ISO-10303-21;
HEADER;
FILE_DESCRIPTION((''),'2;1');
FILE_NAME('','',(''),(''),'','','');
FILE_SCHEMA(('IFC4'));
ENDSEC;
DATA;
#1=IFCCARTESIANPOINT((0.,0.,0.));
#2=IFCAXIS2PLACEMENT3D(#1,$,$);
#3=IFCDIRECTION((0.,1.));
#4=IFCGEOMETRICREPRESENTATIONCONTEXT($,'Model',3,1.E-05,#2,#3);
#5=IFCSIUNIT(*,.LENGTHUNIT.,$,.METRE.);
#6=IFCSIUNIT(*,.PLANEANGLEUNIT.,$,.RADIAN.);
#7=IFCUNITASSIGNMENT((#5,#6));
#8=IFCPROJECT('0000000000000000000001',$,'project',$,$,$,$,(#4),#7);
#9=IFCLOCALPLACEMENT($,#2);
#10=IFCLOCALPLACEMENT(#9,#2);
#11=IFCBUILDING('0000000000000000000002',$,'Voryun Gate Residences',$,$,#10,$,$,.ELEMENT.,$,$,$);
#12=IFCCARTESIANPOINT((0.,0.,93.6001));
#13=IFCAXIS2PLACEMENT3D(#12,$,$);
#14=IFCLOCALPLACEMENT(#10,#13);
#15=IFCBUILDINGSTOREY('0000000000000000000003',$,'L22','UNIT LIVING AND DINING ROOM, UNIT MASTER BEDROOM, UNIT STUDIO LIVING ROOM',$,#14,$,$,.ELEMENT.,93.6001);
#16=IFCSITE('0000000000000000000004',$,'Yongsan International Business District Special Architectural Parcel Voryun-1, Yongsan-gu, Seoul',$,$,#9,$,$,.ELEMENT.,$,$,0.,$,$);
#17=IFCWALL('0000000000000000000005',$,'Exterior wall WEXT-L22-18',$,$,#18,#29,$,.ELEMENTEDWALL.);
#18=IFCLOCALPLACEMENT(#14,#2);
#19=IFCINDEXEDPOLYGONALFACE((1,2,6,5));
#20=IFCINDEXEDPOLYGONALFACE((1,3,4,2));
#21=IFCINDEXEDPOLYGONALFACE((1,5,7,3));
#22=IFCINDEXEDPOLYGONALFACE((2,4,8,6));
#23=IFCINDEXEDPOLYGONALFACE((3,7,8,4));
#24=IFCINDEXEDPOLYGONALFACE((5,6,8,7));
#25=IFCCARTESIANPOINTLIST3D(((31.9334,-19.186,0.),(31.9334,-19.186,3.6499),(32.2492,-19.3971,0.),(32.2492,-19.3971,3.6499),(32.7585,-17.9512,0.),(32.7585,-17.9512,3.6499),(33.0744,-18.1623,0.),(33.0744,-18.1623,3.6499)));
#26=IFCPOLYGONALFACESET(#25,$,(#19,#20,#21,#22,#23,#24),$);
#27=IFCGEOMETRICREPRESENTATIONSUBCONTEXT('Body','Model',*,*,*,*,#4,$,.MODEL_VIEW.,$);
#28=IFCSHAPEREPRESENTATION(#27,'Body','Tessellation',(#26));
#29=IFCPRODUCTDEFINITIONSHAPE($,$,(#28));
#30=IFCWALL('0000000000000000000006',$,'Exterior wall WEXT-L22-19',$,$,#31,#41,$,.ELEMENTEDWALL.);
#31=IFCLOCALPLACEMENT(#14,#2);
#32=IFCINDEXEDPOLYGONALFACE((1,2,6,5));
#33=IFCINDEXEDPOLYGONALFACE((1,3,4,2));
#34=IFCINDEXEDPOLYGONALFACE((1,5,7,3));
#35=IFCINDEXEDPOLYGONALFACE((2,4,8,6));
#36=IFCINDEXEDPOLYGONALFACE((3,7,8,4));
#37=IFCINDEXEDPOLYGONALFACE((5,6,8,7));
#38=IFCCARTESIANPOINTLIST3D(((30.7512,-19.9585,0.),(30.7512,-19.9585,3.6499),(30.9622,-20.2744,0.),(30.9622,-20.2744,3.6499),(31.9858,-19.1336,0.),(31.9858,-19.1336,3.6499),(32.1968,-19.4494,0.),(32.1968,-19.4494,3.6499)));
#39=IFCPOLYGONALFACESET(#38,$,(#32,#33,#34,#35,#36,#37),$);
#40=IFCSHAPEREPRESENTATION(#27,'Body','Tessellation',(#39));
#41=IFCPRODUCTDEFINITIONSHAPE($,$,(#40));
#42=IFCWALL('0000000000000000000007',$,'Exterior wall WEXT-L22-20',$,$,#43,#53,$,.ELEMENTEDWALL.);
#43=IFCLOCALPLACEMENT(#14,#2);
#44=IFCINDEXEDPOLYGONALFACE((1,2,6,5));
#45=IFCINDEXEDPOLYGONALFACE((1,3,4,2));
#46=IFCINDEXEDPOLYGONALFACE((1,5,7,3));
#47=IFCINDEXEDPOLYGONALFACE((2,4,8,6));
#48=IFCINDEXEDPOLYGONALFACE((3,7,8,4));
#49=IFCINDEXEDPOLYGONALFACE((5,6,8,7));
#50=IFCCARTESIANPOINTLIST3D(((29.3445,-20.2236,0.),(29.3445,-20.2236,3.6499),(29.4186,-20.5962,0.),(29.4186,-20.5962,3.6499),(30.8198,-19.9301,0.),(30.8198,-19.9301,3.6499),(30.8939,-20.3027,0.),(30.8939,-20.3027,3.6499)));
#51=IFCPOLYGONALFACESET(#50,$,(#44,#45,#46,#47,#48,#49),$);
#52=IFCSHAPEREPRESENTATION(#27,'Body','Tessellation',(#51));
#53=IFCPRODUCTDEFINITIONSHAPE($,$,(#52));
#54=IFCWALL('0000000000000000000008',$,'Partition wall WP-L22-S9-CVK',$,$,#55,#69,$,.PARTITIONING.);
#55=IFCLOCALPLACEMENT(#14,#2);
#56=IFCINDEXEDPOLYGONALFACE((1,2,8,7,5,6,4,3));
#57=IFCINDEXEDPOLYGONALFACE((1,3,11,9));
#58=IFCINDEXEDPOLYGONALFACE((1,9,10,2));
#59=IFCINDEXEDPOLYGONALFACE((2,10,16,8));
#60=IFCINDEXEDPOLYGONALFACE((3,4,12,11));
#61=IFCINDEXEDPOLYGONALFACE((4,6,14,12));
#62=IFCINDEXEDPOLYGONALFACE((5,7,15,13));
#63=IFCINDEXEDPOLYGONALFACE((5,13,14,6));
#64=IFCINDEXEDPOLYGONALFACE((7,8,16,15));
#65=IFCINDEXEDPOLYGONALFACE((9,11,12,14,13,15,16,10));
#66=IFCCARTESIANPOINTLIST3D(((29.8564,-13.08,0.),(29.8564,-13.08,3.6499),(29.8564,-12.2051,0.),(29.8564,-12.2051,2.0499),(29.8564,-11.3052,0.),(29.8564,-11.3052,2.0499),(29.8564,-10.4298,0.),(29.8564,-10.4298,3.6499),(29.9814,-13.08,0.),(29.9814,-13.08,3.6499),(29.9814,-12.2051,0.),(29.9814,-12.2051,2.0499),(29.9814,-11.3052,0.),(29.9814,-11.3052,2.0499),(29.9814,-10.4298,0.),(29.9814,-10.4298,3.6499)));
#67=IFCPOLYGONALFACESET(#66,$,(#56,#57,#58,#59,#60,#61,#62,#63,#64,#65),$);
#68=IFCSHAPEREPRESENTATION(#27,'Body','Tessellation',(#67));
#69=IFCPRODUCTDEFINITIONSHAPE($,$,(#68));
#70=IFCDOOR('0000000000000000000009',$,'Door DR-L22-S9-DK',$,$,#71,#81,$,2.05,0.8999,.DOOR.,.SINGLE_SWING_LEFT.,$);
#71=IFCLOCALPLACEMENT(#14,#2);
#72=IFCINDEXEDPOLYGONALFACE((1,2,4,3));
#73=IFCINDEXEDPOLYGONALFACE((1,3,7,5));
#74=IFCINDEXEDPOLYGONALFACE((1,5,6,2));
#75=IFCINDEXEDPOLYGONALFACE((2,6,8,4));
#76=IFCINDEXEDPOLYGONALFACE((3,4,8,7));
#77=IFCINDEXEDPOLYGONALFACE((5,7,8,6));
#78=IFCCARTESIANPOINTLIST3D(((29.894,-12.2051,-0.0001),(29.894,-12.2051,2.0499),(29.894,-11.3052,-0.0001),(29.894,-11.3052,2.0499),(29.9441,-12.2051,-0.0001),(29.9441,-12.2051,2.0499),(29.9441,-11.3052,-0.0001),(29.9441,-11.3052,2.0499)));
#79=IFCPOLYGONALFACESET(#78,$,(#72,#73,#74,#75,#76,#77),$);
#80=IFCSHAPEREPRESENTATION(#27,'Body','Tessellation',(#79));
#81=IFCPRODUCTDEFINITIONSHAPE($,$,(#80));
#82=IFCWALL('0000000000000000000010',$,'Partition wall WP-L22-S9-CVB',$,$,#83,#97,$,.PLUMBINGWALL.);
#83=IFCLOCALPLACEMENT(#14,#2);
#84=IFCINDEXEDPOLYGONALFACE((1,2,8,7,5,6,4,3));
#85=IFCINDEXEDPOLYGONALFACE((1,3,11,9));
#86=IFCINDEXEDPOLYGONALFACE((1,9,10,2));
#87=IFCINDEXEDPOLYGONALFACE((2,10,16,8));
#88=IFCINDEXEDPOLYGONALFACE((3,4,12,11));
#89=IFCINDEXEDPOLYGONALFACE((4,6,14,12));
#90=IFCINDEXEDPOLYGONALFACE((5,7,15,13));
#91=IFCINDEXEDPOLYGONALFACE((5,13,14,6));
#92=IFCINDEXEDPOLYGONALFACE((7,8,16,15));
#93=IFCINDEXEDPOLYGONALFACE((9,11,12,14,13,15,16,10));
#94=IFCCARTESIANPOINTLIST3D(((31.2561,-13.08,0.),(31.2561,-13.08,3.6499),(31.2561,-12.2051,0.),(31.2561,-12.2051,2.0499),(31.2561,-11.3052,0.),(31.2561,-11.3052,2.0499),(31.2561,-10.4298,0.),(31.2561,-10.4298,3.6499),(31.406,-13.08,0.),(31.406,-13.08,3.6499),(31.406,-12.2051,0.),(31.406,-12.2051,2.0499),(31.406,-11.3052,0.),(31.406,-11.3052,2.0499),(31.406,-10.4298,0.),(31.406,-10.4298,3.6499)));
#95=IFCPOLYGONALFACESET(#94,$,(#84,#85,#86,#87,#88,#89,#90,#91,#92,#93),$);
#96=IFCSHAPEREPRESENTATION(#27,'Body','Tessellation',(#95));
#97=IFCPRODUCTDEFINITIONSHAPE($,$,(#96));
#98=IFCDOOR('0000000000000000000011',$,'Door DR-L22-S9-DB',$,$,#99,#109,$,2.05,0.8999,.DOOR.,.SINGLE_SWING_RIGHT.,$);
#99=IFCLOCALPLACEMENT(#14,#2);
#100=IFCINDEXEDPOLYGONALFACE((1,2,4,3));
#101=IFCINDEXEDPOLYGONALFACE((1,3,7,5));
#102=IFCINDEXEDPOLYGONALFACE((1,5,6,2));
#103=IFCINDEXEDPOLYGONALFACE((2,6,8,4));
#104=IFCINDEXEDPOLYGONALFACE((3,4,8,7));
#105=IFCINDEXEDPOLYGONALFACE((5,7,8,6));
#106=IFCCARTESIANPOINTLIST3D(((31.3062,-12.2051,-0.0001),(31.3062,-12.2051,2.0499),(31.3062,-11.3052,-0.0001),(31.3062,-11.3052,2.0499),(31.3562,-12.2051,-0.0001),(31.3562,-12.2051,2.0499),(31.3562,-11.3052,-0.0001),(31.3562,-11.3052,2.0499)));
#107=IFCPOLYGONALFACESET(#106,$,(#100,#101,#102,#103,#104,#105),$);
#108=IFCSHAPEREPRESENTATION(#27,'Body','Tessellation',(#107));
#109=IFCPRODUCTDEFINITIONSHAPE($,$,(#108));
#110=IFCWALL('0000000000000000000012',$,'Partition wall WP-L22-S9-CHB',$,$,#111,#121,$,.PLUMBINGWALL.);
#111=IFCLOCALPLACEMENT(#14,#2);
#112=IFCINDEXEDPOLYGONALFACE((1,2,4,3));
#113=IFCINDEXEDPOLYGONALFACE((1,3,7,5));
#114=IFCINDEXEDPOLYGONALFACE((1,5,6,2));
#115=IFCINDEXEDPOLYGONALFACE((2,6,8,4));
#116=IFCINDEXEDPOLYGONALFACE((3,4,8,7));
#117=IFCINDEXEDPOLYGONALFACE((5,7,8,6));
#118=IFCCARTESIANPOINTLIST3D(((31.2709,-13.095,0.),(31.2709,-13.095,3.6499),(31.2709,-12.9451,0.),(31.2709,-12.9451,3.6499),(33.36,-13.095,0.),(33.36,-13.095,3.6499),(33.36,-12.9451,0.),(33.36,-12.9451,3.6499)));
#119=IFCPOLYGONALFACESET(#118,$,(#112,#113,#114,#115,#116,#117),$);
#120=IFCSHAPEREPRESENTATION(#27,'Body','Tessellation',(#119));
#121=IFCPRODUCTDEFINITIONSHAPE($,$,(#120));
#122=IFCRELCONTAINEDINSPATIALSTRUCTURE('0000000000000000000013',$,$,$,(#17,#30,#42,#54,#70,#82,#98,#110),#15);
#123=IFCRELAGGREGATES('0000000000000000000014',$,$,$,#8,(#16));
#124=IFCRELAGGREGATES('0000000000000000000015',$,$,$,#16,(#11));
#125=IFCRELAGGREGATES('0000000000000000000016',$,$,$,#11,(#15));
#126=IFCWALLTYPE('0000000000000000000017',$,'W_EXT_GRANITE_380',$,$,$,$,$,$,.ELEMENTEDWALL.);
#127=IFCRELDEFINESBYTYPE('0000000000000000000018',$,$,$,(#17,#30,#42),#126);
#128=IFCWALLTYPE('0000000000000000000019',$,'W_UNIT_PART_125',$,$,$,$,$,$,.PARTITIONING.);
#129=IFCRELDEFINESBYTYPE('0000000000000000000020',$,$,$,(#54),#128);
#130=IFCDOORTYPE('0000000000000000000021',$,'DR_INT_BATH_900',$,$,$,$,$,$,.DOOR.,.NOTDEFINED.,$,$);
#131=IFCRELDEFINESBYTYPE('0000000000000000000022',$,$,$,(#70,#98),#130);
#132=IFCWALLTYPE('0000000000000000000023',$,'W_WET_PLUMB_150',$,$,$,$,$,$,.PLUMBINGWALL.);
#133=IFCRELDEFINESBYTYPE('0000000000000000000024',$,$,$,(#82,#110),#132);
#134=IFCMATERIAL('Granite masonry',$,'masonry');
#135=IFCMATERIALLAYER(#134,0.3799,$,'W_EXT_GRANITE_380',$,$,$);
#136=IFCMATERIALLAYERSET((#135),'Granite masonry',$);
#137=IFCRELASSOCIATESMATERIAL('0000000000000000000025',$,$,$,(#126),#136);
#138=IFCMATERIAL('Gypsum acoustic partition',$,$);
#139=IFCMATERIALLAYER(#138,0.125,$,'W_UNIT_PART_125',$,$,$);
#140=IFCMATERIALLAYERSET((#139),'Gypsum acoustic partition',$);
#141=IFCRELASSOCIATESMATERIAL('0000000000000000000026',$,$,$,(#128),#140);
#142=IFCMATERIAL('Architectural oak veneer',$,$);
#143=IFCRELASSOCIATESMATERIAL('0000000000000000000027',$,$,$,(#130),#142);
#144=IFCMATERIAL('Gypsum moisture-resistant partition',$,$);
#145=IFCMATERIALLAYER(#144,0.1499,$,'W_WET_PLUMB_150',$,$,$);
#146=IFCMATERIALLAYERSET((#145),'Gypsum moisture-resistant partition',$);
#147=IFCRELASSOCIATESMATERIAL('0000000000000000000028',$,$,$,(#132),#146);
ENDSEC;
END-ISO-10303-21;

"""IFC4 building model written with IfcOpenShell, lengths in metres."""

from ifc_helpers import new_model, si_unit, direction, frame, frame_2d, origin, place, context, subcontext, project, spatial, rectangle, extrude, material, layer, layer_set, type_object, element, fill, save


model = new_model("IFC4")

# Units and contexts
model_context = context("Model", 3, precision=1e-05, world=origin(), true_north=direction((0.0, 1.0)))
body_context = subcontext(model_context, "Body", "Model", "MODEL_VIEW")
ifc_project = project(units=[si_unit("LENGTHUNIT", "METRE"), si_unit("PLANEANGLEUNIT", "RADIAN")], contexts=[model_context])

# Site, building, storey
site_placement = place(None, origin())
site = spatial("IfcSite", under=ifc_project, at=site_placement, Name="Yongsan International Business District Special Architectural Parcel Voryun-1, Yongsan-gu, Seoul", CompositionType="ELEMENT", RefElevation=0.0)
building_placement = place(site_placement, origin())
building = spatial("IfcBuilding", under=site, at=building_placement, Name="Voryun Gate Residences", CompositionType="ELEMENT")
storey_placement = place(building_placement, frame((0.0, 0.0, 93.6001)))
storey = spatial("IfcBuildingStorey", under=building, at=storey_placement, Name="L22", Description="UNIT LIVING AND DINING ROOM, UNIT MASTER BEDROOM, UNIT STUDIO LIVING ROOM", CompositionType="ELEMENT", Elevation=93.6001)

# Walls
ifc_material_1 = material(Name="Granite masonry", Category="masonry")
ifc_layer_1 = layer(ifc_material_1, 0.3799, Name="W_EXT_GRANITE_380")
ifc_layer_set_1 = layer_set([ifc_layer_1], Name="Granite masonry")
wall_type_1 = type_object("IfcWallType", Name="W_EXT_GRANITE_380", PredefinedType="ELEMENTEDWALL", material=ifc_layer_set_1)
wall_1_placement = place(storey_placement, frame((32.9165, -18.0566, 0.0), z_axis=(0.0, 0.0, 1.0), x_axis=(-0.55561, -0.831443, 0.0)))
element("IfcWall", 1, at=wall_1_placement, inside=storey, type_object=wall_type_1, Name="Exterior wall WEXT-L22-18", PredefinedType="ELEMENTEDWALL", context=body_context, shape_type="SweptSolid", body=[
    extrude(rectangle(XDim=1.4851, YDim=0.3799, at=frame_2d((0.7427, 0.0))), origin(), (0.0, 0.0, 1.0), 3.6499),
])
wall_2_placement = place(storey_placement, frame((32.0913, -19.2915, 0.0), z_axis=(0.0, 0.0, 1.0), x_axis=(-0.831468, -0.555573, 0.0)))
element("IfcWall", 2, at=wall_2_placement, inside=storey, type_object=wall_type_1, Name="Exterior wall WEXT-L22-19", PredefinedType="ELEMENTEDWALL", context=body_context, shape_type="SweptSolid", body=[
    extrude(rectangle(XDim=1.4849, YDim=0.3799, at=frame_2d((0.7424, 0.0))), origin(), (0.0, 0.0, 1.0), 3.6499),
])
wall_3_placement = place(storey_placement, frame((30.8567, -20.1165, 0.0), z_axis=(0.0, 0.0, 1.0), x_axis=(-0.980786, -0.195086, 0.0)))
element("IfcWall", 3, at=wall_3_placement, inside=storey, type_object=wall_type_1, Name="Exterior wall WEXT-L22-20", PredefinedType="ELEMENTEDWALL", context=body_context, shape_type="SweptSolid", body=[
    extrude(rectangle(XDim=1.5042, YDim=0.3799, at=frame_2d((0.752, 0.0))), origin(), (0.0, 0.0, 1.0), 3.6499),
])

# Walls, openings, doors
ifc_material_2 = material(Name="Gypsum acoustic partition")
ifc_layer_2 = layer(ifc_material_2, 0.125, Name="W_UNIT_PART_125")
ifc_layer_set_2 = layer_set([ifc_layer_2], Name="Gypsum acoustic partition")
wall_type_2 = type_object("IfcWallType", Name="W_UNIT_PART_125", PredefinedType="PARTITIONING", material=ifc_layer_set_2)
wall_4_placement = place(storey_placement, frame((29.9189, -13.0801, 0.0), z_axis=(0.0, 0.0, 1.0), x_axis=(0.0, 1.0, 0.0)))
wall_4 = element("IfcWall", 4, at=wall_4_placement, inside=storey, type_object=wall_type_2, Name="Partition wall WP-L22-S9-CVK", PredefinedType="PARTITIONING", context=body_context, shape_type="SweptSolid", body=[
    extrude(rectangle(XDim=2.6501, YDim=0.125, at=frame_2d((1.3252, 0.0))), origin(), (0.0, 0.0, 1.0), 3.6499),
])
opening_1_placement = place(wall_4_placement, frame((0.875, 0.0, 0.0)))
opening_1 = element("IfcOpeningElement", 5, at=opening_1_placement, cuts=wall_4, PredefinedType="OPENING", context=body_context, shape_type="SweptSolid", body=[
    extrude(rectangle(XDim=0.8999, YDim=2.05, at=frame_2d((0.45, 1.0249))), frame((0.0, 0.0725, 0.0), z_axis=(0.0, -1.0, 0.0), x_axis=(1.0, 0.0, 0.0)), (0.0, 0.0, 1.0), 0.145),
])
ifc_material_3 = material(Name="Architectural oak veneer")
door_type = type_object("IfcDoorType", Name="DR_INT_BATH_900", OperationType="NOTDEFINED", PredefinedType="DOOR", material=ifc_material_3)
door_1_placement = place(opening_1_placement, origin())
door_1 = element("IfcDoor", 6, at=door_1_placement, inside=storey, type_object=door_type, Name="Door DR-L22-S9-DK", OperationType="SINGLE_SWING_LEFT", OverallHeight=2.05, OverallWidth=0.8999, PredefinedType="DOOR", context=body_context, shape_type="SweptSolid", body=[
    extrude(rectangle(XDim=0.8999, YDim=2.05, at=frame_2d((0.45, 1.0249))), frame((0.0, 0.0249, 0.0), z_axis=(0.0, -1.0, 0.0), x_axis=(1.0, 0.0, 0.0)), (0.0, 0.0, 1.0), 0.05),
])
fill(opening_1, door_1)
ifc_material_4 = material(Name="Gypsum moisture-resistant partition")
ifc_layer_3 = layer(ifc_material_4, 0.1499, Name="W_WET_PLUMB_150")
ifc_layer_set_3 = layer_set([ifc_layer_3], Name="Gypsum moisture-resistant partition")
wall_type_3 = type_object("IfcWallType", Name="W_WET_PLUMB_150", PredefinedType="PLUMBINGWALL", material=ifc_layer_set_3)
wall_5_placement = place(storey_placement, frame((31.3311, -13.0801, 0.0), z_axis=(0.0, 0.0, 1.0), x_axis=(0.0, 1.0, 0.0)))
wall_5 = element("IfcWall", 7, at=wall_5_placement, inside=storey, type_object=wall_type_3, Name="Partition wall WP-L22-S9-CVB", PredefinedType="PLUMBINGWALL", context=body_context, shape_type="SweptSolid", body=[
    extrude(rectangle(XDim=2.6501, YDim=0.1499, at=frame_2d((1.3252, 0.0))), origin(), (0.0, 0.0, 1.0), 3.6499),
])
opening_2_placement = place(wall_5_placement, frame((0.875, 0.0, 0.0)))
opening_2 = element("IfcOpeningElement", 8, at=opening_2_placement, cuts=wall_5, PredefinedType="OPENING", context=body_context, shape_type="SweptSolid", body=[
    extrude(rectangle(XDim=0.8999, YDim=2.05, at=frame_2d((0.45, 1.0249))), frame((0.0, 0.085, 0.0), z_axis=(0.0, -1.0, 0.0), x_axis=(1.0, 0.0, 0.0)), (0.0, 0.0, 1.0), 0.1699),
])
door_2_placement = place(opening_2_placement, origin())
door_2 = element("IfcDoor", 9, at=door_2_placement, inside=storey, type_object=door_type, Name="Door DR-L22-S9-DB", OperationType="SINGLE_SWING_RIGHT", OverallHeight=2.05, OverallWidth=0.8999, PredefinedType="DOOR", context=body_context, shape_type="SweptSolid", body=[
    extrude(rectangle(XDim=0.8999, YDim=2.05, at=frame_2d((0.45, 1.0249))), frame((0.0, 0.0249, 0.0), z_axis=(0.0, -1.0, 0.0), x_axis=(1.0, 0.0, 0.0)), (0.0, 0.0, 1.0), 0.05),
])
fill(opening_2, door_2)

# Wall
wall_6_placement = place(storey_placement, frame((31.271, -13.02, 0.0), z_axis=(0.0, 0.0, 1.0), x_axis=(1.0, 0.0, 0.0)))
element("IfcWall", 10, at=wall_6_placement, inside=storey, type_object=wall_type_3, Name="Partition wall WP-L22-S9-CHB", PredefinedType="PLUMBINGWALL", context=body_context, shape_type="SweptSolid", body=[
    extrude(rectangle(XDim=2.0891, YDim=0.1499, at=frame_2d((1.0444, 0.0))), origin(), (0.0, 0.0, 1.0), 3.6499),
])

save(model, "model.ifc")
